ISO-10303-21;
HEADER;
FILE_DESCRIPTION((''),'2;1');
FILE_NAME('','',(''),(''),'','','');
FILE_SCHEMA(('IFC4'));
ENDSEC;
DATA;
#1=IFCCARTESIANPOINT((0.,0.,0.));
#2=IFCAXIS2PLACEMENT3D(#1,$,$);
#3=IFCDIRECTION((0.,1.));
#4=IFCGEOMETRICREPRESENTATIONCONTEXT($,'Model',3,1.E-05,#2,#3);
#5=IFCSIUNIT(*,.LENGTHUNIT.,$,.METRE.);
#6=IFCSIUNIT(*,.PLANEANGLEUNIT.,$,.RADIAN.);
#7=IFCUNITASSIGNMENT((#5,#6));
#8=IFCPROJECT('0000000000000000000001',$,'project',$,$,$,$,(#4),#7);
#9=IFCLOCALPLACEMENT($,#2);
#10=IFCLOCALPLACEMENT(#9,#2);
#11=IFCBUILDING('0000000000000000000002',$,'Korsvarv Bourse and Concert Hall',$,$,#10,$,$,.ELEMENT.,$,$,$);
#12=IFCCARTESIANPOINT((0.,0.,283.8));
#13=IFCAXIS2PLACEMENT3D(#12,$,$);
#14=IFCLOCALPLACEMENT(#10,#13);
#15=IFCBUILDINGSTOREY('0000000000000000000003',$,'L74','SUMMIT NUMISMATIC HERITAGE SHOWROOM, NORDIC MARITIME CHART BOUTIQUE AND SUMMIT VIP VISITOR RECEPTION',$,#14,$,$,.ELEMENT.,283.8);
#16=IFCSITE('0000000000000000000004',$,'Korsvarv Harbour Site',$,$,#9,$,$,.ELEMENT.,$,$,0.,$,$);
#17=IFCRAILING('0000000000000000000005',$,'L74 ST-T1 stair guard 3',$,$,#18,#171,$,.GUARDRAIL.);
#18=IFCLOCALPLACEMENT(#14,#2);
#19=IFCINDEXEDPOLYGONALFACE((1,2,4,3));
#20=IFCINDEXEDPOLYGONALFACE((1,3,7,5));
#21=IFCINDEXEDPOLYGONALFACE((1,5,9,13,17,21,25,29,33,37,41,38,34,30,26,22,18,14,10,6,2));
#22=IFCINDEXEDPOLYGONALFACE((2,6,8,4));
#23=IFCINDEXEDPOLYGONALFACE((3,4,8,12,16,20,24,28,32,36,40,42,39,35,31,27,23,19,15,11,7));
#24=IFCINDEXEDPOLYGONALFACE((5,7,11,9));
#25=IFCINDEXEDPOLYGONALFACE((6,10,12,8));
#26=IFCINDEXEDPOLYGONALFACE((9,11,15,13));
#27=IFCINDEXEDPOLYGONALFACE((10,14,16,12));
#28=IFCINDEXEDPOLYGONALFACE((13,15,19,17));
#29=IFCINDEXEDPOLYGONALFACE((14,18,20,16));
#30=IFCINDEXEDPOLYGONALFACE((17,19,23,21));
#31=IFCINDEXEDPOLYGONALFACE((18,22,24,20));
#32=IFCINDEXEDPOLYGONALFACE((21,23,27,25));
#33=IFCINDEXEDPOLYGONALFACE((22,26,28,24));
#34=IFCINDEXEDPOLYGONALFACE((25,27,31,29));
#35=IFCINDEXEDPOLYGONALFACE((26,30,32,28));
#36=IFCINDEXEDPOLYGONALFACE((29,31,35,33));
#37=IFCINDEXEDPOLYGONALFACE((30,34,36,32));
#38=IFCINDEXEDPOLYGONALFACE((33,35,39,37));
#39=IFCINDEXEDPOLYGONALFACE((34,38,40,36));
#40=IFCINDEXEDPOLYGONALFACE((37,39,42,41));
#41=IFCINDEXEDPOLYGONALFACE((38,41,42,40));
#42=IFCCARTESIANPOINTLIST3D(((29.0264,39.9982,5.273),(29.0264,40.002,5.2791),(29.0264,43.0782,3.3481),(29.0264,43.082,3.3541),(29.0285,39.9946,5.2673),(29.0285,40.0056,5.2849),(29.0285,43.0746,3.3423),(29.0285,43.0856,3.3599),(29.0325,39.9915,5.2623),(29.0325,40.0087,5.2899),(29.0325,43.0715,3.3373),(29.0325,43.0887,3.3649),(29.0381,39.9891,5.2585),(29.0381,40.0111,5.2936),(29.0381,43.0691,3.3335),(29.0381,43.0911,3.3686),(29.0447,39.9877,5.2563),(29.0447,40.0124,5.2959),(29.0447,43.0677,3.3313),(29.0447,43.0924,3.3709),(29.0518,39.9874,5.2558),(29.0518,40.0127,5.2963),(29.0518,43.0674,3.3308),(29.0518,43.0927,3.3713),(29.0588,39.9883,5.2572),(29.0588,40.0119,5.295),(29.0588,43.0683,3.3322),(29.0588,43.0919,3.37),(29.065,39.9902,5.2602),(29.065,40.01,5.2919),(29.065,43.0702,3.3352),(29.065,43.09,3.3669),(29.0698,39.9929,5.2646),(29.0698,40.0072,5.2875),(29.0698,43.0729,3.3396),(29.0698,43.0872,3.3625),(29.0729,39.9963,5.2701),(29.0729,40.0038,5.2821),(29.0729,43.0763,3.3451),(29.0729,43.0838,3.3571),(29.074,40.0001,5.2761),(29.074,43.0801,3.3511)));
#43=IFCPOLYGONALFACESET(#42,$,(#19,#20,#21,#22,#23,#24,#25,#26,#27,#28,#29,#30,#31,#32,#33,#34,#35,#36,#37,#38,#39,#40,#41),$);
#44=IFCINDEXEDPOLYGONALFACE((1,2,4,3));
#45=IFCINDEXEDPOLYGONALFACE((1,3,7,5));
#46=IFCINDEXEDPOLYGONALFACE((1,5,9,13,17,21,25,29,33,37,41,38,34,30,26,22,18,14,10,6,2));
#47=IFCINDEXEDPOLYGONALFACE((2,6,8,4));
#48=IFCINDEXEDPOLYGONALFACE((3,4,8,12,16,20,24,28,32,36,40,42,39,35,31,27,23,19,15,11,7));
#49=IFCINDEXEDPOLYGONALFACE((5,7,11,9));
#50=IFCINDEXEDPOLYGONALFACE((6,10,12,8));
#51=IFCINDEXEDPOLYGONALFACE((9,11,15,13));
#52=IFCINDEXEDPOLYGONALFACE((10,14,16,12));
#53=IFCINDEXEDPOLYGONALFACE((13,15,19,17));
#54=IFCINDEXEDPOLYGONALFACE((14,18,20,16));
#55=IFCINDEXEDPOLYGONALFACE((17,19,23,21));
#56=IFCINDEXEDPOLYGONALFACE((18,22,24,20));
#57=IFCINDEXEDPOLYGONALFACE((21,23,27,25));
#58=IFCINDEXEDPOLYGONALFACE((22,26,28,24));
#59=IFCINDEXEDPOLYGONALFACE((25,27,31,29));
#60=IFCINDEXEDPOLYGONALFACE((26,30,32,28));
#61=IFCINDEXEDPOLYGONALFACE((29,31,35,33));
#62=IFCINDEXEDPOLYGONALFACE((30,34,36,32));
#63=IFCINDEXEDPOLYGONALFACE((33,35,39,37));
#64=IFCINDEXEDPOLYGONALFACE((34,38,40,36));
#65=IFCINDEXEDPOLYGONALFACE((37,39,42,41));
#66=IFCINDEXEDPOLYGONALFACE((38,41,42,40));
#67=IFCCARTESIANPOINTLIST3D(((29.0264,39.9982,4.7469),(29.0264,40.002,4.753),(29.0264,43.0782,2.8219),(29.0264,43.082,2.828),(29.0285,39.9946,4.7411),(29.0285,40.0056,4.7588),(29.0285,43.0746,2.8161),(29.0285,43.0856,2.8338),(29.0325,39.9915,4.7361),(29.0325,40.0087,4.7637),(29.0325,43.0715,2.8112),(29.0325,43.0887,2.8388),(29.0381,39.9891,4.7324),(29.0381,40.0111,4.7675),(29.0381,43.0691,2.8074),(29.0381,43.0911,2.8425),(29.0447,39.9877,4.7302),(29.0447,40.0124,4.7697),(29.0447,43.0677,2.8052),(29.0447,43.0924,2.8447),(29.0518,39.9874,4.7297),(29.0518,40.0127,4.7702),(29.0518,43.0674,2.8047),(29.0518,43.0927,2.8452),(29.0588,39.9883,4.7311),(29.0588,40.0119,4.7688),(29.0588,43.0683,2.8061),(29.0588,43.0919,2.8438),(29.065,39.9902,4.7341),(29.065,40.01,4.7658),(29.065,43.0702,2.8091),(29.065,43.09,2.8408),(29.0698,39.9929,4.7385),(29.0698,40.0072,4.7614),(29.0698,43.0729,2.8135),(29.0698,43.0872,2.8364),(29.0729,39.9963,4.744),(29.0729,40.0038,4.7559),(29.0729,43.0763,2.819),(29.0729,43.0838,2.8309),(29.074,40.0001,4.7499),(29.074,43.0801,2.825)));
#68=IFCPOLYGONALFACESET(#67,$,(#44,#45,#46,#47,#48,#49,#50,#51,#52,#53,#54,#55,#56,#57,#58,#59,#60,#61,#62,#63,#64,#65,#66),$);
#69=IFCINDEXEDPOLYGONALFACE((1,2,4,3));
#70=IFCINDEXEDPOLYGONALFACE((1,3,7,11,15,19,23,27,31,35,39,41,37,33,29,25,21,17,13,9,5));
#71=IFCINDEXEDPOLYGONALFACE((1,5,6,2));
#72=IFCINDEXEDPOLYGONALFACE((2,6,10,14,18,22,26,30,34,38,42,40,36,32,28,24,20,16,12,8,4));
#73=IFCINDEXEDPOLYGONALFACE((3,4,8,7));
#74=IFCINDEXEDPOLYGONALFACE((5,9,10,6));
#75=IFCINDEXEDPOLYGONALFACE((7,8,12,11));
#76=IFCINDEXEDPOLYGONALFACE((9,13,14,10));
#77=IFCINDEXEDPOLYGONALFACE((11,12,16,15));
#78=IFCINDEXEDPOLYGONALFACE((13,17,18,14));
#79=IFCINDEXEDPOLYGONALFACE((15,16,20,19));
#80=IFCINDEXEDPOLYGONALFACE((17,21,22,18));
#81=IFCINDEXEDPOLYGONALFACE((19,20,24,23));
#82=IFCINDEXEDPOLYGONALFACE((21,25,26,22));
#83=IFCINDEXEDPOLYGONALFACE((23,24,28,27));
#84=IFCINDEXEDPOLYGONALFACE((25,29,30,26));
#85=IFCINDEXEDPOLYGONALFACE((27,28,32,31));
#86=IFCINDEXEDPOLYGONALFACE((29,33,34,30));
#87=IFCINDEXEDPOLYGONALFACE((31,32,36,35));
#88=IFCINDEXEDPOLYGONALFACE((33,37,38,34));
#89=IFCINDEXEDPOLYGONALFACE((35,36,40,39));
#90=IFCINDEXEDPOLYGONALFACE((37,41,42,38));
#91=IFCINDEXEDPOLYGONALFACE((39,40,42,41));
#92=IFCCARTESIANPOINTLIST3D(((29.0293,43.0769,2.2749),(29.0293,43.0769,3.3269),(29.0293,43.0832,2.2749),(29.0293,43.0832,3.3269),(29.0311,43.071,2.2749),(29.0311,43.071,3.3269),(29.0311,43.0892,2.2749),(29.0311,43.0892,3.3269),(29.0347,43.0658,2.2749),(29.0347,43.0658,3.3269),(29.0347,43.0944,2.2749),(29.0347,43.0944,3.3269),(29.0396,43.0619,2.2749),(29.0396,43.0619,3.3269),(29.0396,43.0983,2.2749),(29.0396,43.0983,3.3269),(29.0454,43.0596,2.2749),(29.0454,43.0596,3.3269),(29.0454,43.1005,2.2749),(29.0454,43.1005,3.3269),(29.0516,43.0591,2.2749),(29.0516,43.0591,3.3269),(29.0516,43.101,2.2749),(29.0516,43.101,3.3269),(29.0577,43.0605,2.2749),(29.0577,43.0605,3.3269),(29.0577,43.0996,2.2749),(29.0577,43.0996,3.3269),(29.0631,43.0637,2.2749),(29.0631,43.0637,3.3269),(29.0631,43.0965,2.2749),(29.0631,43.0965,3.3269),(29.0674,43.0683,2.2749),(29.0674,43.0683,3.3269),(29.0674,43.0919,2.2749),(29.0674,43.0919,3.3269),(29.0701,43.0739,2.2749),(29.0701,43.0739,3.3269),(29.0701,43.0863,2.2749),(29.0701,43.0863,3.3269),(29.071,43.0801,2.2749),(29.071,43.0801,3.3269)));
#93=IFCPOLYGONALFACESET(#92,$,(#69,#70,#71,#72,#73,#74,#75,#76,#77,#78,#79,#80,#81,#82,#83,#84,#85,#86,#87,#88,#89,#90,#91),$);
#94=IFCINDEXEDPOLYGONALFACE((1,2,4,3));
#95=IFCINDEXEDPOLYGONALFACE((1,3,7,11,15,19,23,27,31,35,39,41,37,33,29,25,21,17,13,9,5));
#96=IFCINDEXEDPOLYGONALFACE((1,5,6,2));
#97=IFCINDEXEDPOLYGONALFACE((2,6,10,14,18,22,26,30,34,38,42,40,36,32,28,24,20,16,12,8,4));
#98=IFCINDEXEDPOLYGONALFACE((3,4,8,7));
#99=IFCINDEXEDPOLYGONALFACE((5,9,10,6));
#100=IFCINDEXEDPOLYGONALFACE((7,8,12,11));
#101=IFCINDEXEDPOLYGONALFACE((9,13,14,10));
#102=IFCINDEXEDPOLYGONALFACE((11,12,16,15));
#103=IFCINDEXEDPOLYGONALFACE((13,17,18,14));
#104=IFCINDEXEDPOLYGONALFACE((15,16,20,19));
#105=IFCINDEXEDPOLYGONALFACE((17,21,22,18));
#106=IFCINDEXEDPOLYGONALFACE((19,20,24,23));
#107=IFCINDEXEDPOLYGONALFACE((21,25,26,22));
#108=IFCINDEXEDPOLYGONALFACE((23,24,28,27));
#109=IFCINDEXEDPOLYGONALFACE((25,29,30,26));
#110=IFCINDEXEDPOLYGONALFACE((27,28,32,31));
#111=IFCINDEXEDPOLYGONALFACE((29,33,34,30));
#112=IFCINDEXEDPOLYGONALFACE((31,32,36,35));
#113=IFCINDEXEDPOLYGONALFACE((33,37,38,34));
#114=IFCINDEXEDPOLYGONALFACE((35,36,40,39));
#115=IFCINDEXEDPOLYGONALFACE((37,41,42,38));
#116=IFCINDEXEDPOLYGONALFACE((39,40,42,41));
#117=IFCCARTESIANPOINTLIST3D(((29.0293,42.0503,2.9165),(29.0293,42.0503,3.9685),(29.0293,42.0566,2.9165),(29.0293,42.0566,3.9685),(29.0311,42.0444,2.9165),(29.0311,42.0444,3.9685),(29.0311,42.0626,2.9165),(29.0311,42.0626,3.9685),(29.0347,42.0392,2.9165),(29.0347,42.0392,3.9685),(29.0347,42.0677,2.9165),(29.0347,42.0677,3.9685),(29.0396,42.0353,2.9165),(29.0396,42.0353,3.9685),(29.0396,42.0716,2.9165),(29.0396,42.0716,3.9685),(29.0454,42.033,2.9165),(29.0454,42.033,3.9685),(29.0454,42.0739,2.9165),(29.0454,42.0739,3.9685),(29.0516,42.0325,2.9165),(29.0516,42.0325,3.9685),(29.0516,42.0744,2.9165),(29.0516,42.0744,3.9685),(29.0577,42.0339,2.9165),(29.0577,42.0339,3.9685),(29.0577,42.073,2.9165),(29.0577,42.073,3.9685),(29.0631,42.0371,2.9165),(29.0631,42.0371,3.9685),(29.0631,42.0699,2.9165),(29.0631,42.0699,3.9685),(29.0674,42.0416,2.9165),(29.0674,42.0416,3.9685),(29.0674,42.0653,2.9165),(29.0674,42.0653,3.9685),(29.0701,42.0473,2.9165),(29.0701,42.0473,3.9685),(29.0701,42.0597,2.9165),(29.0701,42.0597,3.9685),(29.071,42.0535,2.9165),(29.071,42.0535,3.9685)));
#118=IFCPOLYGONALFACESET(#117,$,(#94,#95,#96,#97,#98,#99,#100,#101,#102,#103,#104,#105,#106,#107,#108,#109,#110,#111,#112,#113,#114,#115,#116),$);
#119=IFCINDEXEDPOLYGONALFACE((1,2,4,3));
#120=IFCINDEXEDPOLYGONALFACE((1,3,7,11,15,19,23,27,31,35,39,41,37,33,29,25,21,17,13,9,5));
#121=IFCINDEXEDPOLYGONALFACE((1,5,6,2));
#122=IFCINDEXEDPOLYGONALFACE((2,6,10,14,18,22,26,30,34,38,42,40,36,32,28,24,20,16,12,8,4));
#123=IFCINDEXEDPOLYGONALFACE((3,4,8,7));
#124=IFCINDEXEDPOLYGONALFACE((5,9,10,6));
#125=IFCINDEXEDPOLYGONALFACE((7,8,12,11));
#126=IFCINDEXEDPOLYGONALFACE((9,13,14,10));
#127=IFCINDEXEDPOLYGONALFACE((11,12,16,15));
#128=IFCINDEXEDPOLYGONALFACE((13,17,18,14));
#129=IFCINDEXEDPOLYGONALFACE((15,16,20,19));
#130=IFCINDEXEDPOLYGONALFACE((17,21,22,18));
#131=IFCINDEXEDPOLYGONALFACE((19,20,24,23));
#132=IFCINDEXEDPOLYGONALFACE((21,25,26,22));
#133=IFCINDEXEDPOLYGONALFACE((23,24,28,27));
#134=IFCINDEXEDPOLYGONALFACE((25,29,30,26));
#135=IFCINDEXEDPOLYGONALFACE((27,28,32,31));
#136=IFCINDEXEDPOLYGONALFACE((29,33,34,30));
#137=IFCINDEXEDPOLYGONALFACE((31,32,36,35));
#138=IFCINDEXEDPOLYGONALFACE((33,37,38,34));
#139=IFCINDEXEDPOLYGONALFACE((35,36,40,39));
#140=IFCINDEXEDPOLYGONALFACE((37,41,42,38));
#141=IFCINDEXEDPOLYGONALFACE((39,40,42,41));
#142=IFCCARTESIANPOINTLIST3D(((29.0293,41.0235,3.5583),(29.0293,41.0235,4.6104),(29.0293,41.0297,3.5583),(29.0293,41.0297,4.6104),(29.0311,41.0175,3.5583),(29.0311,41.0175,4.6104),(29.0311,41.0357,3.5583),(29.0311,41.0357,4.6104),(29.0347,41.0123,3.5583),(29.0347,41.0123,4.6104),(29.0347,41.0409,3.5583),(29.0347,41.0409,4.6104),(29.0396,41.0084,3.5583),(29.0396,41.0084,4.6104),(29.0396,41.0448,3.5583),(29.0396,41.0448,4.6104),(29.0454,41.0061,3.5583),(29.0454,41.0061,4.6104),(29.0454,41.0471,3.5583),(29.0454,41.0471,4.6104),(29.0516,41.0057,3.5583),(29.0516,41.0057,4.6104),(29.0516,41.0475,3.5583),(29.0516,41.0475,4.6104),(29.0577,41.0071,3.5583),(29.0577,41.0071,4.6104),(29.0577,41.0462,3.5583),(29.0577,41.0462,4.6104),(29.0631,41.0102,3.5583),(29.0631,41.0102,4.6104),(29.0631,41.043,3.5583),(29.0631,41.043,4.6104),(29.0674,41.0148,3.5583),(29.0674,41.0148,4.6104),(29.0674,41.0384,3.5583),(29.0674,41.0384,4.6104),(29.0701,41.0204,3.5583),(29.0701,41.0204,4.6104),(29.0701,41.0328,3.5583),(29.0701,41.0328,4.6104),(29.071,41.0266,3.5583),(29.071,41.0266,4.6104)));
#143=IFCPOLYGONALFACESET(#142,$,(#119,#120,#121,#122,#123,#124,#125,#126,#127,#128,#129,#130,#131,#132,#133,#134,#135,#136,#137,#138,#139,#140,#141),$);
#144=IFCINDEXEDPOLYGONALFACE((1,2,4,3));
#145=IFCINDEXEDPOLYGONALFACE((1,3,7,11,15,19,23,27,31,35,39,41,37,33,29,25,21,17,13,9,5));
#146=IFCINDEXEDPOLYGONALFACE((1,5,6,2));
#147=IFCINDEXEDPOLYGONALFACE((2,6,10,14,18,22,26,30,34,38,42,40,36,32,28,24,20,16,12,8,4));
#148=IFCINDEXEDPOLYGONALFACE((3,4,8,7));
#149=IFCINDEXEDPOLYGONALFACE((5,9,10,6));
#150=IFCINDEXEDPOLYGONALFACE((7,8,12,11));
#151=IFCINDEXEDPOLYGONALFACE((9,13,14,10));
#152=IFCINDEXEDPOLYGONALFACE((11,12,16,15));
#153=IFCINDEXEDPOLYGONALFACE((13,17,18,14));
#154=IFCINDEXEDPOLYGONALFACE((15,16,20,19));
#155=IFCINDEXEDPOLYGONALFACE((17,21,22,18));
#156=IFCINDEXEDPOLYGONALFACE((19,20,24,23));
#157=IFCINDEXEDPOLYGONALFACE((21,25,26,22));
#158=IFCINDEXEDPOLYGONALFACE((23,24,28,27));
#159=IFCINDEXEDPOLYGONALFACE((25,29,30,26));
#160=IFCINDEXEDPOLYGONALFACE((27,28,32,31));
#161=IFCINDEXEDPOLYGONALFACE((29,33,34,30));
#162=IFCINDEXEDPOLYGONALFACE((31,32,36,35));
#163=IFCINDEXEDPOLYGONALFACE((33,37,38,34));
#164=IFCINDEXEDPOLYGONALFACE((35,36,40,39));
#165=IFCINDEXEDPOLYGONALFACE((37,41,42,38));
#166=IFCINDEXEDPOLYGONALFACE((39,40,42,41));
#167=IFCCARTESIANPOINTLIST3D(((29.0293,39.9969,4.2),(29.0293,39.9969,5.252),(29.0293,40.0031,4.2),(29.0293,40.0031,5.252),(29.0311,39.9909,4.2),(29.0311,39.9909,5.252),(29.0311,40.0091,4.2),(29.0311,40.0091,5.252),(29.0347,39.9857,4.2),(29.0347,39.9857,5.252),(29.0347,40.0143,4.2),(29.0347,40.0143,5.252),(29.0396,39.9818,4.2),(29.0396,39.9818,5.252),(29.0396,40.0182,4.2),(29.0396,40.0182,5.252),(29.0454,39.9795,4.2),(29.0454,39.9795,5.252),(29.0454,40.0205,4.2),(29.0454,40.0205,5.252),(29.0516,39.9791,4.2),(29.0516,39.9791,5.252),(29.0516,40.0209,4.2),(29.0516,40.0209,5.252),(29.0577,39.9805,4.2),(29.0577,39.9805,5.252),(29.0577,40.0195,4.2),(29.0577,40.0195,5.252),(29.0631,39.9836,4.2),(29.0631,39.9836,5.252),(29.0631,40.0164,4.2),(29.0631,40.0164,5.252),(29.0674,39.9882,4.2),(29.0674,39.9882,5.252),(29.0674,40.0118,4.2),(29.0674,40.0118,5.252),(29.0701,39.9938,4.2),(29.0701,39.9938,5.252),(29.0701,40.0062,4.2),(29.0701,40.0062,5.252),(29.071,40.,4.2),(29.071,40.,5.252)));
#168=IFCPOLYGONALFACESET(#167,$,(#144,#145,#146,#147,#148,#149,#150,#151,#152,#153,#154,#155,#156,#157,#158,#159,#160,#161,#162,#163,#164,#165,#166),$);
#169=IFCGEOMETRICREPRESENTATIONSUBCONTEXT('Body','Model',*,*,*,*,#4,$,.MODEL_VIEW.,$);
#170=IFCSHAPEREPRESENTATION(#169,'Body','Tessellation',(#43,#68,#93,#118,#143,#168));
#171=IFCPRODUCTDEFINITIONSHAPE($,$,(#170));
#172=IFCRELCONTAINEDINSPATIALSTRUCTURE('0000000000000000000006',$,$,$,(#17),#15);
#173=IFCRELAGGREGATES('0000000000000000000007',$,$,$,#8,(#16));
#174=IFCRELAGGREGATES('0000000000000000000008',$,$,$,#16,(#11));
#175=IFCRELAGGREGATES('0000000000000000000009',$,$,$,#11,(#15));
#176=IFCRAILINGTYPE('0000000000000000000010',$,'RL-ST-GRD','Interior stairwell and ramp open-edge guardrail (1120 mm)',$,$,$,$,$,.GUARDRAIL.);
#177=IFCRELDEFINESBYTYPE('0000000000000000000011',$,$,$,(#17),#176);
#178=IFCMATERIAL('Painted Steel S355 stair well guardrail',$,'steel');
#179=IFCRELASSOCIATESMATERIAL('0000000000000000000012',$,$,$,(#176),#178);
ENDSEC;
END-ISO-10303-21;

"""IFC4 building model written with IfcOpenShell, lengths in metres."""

from ifc_helpers import new_model, si_unit, direction, frame, origin, origin_2d, place, context, subcontext, project, spatial, circle, extrude, material, type_object, element, save


model = new_model("IFC4")

# Units and contexts
model_context = context("Model", 3, precision=1e-05, world=origin(), true_north=direction((0.0, 1.0)))
body_context = subcontext(model_context, "Body", "Model", "MODEL_VIEW")
ifc_project = project(units=[si_unit("LENGTHUNIT", "METRE"), si_unit("PLANEANGLEUNIT", "RADIAN")], contexts=[model_context])

# Site, building, storey
site_placement = place(None, origin())
site = spatial("IfcSite", under=ifc_project, at=site_placement, Name="Korsvarv Harbour Site", CompositionType="ELEMENT", RefElevation=0.0)
building_placement = place(site_placement, origin())
building = spatial("IfcBuilding", under=site, at=building_placement, Name="Korsvarv Bourse and Concert Hall", CompositionType="ELEMENT")
storey_placement = place(building_placement, frame((0.0, 0.0, 283.8)))
storey = spatial("IfcBuildingStorey", under=building, at=storey_placement, Name="L74", Description="SUMMIT NUMISMATIC HERITAGE SHOWROOM, NORDIC MARITIME CHART BOUTIQUE AND SUMMIT VIP VISITOR RECEPTION", CompositionType="ELEMENT", Elevation=283.8)

# Railing
ifc_material_1 = material(Name="Painted Steel S355 stair well guardrail", Category="steel")
railing_type_1 = type_object("IfcRailingType", Name="RL-ST-GRD", Description="Interior stairwell and ramp open-edge guardrail (1120 mm)", PredefinedType="GUARDRAIL", material=ifc_material_1)
railing_1_placement = place(storey_placement, frame((29.05, 43.0801, 2.2749)))
element("IfcRailing", 1, at=railing_1_placement, inside=storey, type_object=railing_type_1, Name="L74 ST-T1 stair guard 3", PredefinedType="GUARDRAIL", context=body_context, shape_type="SweptSolid", body=[
    extrude(circle(Radius=0.0239, at=origin_2d()), frame((0.0, 0.0, 1.0762), z_axis=(0.0, -0.847998, 0.529999), x_axis=(1.0, 0.0, 0.0)), (0.0, 0.0, 1.0), 3.6321),
    extrude(circle(Radius=0.0239, at=origin_2d()), frame((0.0, 0.0, 0.55), z_axis=(0.0, -0.847998, 0.529999), x_axis=(1.0, 0.0, 0.0)), (0.0, 0.0, 1.0), 3.6321),
    extrude(circle(Radius=0.021, at=origin_2d()), origin(), (0.0, 0.0, 1.0), 1.052),
    extrude(circle(Radius=0.021, at=origin_2d()), frame((0.0, -1.0266, 0.6416)), (0.0, 0.0, 1.0), 1.052),
    extrude(circle(Radius=0.021, at=origin_2d()), frame((0.0, -2.0535, 1.2834)), (0.0, 0.0, 1.0), 1.052),
    extrude(circle(Radius=0.021, at=origin_2d()), frame((0.0, -3.0801, 1.925)), (0.0, 0.0, 1.0), 1.052),
])

save(model, "model.ifc")
